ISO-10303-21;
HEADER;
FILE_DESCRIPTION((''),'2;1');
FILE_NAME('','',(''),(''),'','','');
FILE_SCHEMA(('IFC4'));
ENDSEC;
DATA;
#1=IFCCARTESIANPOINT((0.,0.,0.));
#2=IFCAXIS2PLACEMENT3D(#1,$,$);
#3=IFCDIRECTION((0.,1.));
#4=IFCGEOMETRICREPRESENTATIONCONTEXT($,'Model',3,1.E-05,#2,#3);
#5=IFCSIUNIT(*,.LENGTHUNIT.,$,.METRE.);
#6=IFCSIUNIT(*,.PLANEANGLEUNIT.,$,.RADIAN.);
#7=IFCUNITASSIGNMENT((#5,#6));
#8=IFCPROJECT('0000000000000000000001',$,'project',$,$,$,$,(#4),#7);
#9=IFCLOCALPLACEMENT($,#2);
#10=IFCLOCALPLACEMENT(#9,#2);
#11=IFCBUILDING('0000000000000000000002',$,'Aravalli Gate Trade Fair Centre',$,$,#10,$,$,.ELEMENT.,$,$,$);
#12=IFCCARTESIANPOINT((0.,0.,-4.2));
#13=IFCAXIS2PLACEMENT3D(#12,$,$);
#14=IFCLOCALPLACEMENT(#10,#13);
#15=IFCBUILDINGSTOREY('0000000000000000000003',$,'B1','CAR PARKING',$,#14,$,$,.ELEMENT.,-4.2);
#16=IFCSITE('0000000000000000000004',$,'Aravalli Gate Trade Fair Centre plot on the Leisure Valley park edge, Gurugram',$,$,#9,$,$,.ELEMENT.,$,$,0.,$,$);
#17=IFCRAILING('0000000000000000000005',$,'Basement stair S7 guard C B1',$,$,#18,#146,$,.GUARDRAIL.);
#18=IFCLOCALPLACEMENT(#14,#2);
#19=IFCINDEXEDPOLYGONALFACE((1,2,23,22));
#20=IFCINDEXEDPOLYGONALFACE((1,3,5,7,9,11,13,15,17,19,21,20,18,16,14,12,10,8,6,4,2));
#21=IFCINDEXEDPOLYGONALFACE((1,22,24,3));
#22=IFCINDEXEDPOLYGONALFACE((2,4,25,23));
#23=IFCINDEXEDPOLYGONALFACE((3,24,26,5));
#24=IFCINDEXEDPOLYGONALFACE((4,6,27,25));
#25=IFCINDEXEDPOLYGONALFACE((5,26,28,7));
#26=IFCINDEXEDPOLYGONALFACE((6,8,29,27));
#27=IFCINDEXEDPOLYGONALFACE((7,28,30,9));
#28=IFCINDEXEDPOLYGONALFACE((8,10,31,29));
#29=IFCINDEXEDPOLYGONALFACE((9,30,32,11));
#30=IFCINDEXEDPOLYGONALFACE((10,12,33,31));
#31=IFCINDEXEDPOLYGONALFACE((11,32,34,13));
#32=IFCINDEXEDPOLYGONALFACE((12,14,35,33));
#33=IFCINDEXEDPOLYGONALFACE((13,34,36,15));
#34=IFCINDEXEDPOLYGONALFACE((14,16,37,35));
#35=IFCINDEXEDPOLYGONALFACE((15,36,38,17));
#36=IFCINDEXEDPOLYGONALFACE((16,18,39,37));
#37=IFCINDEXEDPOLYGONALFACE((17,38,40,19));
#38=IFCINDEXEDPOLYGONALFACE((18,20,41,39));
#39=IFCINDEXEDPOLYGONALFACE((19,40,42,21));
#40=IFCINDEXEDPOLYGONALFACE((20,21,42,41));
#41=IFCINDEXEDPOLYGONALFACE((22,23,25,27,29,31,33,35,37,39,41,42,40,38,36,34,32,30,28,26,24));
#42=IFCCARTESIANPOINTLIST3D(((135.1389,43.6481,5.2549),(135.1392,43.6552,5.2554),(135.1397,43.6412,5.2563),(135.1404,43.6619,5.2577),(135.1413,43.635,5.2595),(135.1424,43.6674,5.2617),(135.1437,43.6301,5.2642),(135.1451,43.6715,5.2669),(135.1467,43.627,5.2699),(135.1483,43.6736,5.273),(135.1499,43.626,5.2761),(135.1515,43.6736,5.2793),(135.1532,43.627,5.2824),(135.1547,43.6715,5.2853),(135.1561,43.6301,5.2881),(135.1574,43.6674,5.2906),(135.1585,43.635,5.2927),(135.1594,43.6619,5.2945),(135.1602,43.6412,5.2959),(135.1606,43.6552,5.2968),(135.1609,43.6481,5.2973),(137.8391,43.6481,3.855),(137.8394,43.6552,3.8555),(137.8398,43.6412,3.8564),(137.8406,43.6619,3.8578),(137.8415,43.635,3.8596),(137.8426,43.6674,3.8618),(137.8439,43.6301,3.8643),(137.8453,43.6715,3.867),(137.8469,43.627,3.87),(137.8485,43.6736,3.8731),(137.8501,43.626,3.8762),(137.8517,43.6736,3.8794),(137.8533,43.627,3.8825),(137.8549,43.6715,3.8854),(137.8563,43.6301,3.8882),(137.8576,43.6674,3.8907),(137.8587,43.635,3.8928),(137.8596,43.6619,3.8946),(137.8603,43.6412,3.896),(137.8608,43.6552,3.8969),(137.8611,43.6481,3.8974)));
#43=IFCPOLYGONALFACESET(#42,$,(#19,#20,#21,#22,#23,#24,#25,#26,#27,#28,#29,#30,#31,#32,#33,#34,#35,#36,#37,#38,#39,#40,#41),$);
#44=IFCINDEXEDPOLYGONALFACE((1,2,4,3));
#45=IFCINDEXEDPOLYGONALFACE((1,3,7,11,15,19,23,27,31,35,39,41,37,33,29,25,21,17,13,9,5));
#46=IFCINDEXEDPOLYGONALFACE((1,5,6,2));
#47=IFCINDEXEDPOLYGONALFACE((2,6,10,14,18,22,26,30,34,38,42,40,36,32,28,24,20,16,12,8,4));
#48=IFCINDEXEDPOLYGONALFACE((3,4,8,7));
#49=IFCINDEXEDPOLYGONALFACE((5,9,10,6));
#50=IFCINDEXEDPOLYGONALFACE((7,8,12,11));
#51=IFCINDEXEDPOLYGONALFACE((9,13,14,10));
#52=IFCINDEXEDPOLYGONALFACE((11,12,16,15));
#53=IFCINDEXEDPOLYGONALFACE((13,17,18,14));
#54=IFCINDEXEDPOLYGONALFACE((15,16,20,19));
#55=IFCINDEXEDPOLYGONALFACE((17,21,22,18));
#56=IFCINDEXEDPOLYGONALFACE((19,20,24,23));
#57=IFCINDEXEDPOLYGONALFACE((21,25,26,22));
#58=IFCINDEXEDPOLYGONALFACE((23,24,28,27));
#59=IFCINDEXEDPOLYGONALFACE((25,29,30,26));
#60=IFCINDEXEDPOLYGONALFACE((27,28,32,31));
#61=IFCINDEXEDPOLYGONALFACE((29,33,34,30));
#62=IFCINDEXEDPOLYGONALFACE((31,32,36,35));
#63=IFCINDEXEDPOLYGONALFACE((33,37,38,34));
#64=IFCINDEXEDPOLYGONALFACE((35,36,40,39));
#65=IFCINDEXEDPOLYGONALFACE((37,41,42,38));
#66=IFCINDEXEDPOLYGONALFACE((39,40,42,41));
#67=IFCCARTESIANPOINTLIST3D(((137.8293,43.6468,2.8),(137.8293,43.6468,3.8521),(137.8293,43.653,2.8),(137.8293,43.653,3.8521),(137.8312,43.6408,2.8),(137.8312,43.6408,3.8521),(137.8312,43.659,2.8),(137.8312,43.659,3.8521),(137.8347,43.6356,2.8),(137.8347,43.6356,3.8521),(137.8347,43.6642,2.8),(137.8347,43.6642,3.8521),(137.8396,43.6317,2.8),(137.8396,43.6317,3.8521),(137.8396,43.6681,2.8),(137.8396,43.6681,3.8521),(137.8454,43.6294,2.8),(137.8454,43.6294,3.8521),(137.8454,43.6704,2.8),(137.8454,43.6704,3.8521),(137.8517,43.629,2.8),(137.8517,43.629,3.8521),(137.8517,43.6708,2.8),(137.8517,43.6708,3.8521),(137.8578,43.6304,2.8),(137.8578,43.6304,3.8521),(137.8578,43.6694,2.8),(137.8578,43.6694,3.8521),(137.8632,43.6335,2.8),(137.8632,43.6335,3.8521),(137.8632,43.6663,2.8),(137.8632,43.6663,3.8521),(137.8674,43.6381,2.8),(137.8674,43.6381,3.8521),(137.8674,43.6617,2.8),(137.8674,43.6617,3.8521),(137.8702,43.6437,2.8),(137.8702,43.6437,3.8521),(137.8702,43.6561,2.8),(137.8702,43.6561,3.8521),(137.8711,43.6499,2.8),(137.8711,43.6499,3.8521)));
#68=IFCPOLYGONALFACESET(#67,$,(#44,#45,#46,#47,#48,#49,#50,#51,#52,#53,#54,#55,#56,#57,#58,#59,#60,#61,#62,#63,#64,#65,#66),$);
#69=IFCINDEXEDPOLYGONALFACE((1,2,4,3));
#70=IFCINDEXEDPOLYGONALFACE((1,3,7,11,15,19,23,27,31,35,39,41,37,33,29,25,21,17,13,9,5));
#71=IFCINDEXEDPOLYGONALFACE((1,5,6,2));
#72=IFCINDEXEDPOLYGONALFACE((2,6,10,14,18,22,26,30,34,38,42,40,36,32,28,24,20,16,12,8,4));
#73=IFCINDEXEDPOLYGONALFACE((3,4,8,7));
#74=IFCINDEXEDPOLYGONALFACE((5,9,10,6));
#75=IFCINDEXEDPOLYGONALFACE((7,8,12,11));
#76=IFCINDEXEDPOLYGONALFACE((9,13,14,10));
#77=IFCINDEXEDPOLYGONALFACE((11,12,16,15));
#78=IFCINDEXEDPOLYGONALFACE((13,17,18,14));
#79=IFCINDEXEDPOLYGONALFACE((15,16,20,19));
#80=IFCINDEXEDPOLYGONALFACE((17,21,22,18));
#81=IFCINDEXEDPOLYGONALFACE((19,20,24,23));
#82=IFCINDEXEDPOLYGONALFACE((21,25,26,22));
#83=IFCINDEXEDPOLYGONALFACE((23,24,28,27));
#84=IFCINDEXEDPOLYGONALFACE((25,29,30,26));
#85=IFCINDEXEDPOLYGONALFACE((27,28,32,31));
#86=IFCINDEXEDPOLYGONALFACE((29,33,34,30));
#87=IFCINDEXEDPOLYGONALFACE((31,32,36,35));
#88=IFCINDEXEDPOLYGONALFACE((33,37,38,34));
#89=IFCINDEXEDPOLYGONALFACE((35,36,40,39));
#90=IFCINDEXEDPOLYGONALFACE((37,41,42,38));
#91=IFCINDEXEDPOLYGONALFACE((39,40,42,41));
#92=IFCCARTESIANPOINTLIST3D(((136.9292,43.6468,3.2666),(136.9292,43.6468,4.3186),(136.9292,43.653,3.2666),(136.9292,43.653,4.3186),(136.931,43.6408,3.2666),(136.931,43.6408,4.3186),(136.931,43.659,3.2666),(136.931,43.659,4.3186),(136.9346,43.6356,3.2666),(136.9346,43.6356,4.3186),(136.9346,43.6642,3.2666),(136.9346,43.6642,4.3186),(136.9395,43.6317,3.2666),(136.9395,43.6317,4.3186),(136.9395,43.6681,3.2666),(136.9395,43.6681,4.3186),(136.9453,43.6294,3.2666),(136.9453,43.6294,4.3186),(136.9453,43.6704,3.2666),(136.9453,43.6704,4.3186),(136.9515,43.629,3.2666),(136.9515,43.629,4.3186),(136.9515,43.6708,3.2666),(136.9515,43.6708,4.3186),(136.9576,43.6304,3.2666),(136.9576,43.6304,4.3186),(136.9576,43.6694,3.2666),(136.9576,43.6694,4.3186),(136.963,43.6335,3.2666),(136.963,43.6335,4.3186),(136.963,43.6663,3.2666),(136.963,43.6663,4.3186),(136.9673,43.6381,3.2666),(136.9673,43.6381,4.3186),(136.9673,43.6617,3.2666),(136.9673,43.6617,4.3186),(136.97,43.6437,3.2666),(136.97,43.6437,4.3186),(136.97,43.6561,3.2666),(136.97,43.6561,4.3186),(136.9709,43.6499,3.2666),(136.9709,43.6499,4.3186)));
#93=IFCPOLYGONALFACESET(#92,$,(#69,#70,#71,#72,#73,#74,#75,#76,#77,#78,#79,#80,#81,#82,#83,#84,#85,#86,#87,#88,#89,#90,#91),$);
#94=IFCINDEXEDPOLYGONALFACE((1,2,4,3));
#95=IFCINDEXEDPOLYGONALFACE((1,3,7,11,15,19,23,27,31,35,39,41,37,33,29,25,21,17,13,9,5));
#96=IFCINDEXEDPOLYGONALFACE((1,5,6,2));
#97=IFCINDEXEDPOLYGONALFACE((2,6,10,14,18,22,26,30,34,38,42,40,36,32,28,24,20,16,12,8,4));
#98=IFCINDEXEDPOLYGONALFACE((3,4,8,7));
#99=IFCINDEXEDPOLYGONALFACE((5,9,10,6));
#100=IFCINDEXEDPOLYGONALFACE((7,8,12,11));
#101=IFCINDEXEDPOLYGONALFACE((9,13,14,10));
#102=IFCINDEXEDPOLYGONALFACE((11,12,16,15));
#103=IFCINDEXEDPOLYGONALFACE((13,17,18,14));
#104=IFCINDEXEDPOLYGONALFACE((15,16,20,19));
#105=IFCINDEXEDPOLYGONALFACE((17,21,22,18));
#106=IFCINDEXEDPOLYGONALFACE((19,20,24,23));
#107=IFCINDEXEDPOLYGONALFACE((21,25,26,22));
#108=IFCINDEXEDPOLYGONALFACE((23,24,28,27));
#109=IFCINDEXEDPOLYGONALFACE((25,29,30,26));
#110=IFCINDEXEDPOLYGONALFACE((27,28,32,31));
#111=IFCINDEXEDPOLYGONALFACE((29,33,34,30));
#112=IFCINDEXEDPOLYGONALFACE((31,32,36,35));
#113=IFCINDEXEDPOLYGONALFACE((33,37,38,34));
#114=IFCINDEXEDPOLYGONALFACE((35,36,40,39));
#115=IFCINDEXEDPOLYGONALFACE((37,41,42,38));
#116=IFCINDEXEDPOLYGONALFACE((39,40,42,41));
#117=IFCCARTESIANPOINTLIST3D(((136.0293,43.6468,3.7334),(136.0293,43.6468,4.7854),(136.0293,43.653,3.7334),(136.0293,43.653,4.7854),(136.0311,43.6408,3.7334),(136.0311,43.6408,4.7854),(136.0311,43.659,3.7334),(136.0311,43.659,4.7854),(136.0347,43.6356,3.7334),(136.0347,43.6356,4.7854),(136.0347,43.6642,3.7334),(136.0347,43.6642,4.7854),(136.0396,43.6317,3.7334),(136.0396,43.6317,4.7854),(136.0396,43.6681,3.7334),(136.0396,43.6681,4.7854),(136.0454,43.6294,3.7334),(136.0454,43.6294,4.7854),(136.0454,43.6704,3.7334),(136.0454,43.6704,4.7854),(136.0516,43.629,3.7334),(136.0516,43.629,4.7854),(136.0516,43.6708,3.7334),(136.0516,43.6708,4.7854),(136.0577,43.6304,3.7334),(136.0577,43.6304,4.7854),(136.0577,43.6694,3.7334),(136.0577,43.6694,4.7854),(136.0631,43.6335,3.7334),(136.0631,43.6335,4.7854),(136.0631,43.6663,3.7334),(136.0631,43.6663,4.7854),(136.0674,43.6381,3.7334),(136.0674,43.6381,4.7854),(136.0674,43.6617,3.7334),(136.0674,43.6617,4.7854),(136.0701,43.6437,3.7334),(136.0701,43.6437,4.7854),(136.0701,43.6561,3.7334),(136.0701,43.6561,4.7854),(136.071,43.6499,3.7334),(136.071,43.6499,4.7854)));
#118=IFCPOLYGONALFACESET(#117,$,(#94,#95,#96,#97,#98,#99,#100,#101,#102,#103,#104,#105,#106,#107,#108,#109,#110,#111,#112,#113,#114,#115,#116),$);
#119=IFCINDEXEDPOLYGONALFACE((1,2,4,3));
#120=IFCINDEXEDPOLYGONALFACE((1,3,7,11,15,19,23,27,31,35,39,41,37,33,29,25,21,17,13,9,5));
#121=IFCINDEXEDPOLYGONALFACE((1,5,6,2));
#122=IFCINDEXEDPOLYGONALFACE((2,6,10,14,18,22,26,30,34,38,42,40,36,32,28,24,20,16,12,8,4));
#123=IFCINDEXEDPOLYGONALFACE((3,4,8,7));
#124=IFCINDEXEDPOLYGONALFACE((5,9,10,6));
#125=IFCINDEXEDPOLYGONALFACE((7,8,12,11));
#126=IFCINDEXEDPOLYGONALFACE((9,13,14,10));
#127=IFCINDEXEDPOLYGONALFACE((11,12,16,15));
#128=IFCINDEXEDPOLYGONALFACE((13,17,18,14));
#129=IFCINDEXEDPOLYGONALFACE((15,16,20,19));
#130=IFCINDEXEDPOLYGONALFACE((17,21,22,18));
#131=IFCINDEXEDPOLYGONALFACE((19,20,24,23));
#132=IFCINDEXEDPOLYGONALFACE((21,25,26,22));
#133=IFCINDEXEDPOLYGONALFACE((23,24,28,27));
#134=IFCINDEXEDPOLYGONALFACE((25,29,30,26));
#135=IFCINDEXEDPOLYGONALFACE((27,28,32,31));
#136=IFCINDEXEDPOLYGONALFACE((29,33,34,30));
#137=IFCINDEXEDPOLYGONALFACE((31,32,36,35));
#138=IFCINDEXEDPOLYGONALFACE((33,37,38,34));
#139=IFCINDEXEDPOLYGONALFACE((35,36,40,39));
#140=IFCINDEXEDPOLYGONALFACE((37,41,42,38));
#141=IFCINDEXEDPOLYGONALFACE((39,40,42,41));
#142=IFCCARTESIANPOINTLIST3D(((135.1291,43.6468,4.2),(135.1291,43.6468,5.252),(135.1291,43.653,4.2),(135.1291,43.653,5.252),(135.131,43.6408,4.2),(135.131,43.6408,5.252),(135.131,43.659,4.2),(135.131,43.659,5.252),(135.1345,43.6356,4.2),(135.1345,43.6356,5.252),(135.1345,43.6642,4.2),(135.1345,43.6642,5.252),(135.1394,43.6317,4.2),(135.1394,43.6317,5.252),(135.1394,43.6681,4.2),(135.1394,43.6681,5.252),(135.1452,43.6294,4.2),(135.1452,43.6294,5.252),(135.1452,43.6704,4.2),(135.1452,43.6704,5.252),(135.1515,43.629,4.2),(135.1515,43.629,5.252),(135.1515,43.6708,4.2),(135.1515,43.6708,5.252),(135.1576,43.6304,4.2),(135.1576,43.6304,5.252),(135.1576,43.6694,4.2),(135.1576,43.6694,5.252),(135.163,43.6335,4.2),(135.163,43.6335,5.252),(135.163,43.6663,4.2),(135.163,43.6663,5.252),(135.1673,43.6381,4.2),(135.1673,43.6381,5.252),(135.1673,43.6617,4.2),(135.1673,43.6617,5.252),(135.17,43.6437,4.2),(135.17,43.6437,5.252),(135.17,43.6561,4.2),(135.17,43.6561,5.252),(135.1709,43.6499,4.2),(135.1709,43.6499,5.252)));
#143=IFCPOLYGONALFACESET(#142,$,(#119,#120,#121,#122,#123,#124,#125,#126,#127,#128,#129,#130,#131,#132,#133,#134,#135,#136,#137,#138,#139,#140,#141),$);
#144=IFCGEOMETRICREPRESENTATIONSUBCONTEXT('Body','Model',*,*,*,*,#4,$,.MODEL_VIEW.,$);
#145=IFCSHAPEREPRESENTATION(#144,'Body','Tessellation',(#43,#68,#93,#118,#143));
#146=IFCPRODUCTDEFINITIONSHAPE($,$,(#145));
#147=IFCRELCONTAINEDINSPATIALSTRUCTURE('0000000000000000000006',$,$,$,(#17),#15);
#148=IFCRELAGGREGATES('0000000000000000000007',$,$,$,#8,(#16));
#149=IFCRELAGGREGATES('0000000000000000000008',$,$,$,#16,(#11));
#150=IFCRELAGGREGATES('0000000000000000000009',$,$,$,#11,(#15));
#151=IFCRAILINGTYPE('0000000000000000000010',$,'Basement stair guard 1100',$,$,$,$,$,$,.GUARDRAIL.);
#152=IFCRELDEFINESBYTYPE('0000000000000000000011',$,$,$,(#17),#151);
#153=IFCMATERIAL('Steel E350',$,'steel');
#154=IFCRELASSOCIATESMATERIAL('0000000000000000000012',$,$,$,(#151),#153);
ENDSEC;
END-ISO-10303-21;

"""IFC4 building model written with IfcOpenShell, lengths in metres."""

from ifc_helpers import new_model, si_unit, direction, frame, origin, origin_2d, place, context, subcontext, project, spatial, circle, extrude, material, type_object, element, save


model = new_model("IFC4")

# Units and contexts
model_context = context("Model", 3, precision=1e-05, world=origin(), true_north=direction((0.0, 1.0)))
body_context = subcontext(model_context, "Body", "Model", "MODEL_VIEW")
ifc_project = project(units=[si_unit("LENGTHUNIT", "METRE"), si_unit("PLANEANGLEUNIT", "RADIAN")], contexts=[model_context])

# Site, building, storey
site_placement = place(None, origin())
site = spatial("IfcSite", under=ifc_project, at=site_placement, Name="Aravalli Gate Trade Fair Centre plot on the Leisure Valley park edge, Gurugram", CompositionType="ELEMENT", RefElevation=0.0)
building_placement = place(site_placement, origin())
building = spatial("IfcBuilding", under=site, at=building_placement, Name="Aravalli Gate Trade Fair Centre", CompositionType="ELEMENT")
storey_placement = place(building_placement, frame((0.0, 0.0, -4.2)))
storey = spatial("IfcBuildingStorey", under=building, at=storey_placement, Name="B1", Description="CAR PARKING", CompositionType="ELEMENT", Elevation=-4.2)

# Railing
ifc_material_1 = material(Name="Steel E350", Category="steel")
railing_type_1 = type_object("IfcRailingType", Name="Basement stair guard 1100", PredefinedType="GUARDRAIL", material=ifc_material_1)
for number, where, name in (
    (1, (137.8501, 43.6499, 2.8), "Basement stair S7 guard C B1"),
):
    element("IfcRailing", number, at=place(storey_placement, frame(where)), inside=storey, type_object=railing_type_1, Name=name, PredefinedType="GUARDRAIL", context=body_context, shape_type="SweptSolid", body=[
        extrude(circle(Radius=0.0239, at=origin_2d()), frame((0.0, 0.0, 1.0762), z_axis=(-0.887781, 0.0, 0.460266), x_axis=(0.0, -1.0, 0.0)), (0.0, 0.0, 1.0), 3.0415),
        extrude(circle(Radius=0.021, at=origin_2d()), origin(), (0.0, 0.0, 1.0), 1.052),
        extrude(circle(Radius=0.021, at=origin_2d()), frame((-0.9001, 0.0, 0.4666)), (0.0, 0.0, 1.0), 1.052),
        extrude(circle(Radius=0.021, at=origin_2d()), frame((-1.8, 0.0, 0.9333)), (0.0, 0.0, 1.0), 1.052),
        extrude(circle(Radius=0.021, at=origin_2d()), frame((-2.7002, 0.0, 1.3999)), (0.0, 0.0, 1.0), 1.052),
    ])

save(model, "model.ifc")
